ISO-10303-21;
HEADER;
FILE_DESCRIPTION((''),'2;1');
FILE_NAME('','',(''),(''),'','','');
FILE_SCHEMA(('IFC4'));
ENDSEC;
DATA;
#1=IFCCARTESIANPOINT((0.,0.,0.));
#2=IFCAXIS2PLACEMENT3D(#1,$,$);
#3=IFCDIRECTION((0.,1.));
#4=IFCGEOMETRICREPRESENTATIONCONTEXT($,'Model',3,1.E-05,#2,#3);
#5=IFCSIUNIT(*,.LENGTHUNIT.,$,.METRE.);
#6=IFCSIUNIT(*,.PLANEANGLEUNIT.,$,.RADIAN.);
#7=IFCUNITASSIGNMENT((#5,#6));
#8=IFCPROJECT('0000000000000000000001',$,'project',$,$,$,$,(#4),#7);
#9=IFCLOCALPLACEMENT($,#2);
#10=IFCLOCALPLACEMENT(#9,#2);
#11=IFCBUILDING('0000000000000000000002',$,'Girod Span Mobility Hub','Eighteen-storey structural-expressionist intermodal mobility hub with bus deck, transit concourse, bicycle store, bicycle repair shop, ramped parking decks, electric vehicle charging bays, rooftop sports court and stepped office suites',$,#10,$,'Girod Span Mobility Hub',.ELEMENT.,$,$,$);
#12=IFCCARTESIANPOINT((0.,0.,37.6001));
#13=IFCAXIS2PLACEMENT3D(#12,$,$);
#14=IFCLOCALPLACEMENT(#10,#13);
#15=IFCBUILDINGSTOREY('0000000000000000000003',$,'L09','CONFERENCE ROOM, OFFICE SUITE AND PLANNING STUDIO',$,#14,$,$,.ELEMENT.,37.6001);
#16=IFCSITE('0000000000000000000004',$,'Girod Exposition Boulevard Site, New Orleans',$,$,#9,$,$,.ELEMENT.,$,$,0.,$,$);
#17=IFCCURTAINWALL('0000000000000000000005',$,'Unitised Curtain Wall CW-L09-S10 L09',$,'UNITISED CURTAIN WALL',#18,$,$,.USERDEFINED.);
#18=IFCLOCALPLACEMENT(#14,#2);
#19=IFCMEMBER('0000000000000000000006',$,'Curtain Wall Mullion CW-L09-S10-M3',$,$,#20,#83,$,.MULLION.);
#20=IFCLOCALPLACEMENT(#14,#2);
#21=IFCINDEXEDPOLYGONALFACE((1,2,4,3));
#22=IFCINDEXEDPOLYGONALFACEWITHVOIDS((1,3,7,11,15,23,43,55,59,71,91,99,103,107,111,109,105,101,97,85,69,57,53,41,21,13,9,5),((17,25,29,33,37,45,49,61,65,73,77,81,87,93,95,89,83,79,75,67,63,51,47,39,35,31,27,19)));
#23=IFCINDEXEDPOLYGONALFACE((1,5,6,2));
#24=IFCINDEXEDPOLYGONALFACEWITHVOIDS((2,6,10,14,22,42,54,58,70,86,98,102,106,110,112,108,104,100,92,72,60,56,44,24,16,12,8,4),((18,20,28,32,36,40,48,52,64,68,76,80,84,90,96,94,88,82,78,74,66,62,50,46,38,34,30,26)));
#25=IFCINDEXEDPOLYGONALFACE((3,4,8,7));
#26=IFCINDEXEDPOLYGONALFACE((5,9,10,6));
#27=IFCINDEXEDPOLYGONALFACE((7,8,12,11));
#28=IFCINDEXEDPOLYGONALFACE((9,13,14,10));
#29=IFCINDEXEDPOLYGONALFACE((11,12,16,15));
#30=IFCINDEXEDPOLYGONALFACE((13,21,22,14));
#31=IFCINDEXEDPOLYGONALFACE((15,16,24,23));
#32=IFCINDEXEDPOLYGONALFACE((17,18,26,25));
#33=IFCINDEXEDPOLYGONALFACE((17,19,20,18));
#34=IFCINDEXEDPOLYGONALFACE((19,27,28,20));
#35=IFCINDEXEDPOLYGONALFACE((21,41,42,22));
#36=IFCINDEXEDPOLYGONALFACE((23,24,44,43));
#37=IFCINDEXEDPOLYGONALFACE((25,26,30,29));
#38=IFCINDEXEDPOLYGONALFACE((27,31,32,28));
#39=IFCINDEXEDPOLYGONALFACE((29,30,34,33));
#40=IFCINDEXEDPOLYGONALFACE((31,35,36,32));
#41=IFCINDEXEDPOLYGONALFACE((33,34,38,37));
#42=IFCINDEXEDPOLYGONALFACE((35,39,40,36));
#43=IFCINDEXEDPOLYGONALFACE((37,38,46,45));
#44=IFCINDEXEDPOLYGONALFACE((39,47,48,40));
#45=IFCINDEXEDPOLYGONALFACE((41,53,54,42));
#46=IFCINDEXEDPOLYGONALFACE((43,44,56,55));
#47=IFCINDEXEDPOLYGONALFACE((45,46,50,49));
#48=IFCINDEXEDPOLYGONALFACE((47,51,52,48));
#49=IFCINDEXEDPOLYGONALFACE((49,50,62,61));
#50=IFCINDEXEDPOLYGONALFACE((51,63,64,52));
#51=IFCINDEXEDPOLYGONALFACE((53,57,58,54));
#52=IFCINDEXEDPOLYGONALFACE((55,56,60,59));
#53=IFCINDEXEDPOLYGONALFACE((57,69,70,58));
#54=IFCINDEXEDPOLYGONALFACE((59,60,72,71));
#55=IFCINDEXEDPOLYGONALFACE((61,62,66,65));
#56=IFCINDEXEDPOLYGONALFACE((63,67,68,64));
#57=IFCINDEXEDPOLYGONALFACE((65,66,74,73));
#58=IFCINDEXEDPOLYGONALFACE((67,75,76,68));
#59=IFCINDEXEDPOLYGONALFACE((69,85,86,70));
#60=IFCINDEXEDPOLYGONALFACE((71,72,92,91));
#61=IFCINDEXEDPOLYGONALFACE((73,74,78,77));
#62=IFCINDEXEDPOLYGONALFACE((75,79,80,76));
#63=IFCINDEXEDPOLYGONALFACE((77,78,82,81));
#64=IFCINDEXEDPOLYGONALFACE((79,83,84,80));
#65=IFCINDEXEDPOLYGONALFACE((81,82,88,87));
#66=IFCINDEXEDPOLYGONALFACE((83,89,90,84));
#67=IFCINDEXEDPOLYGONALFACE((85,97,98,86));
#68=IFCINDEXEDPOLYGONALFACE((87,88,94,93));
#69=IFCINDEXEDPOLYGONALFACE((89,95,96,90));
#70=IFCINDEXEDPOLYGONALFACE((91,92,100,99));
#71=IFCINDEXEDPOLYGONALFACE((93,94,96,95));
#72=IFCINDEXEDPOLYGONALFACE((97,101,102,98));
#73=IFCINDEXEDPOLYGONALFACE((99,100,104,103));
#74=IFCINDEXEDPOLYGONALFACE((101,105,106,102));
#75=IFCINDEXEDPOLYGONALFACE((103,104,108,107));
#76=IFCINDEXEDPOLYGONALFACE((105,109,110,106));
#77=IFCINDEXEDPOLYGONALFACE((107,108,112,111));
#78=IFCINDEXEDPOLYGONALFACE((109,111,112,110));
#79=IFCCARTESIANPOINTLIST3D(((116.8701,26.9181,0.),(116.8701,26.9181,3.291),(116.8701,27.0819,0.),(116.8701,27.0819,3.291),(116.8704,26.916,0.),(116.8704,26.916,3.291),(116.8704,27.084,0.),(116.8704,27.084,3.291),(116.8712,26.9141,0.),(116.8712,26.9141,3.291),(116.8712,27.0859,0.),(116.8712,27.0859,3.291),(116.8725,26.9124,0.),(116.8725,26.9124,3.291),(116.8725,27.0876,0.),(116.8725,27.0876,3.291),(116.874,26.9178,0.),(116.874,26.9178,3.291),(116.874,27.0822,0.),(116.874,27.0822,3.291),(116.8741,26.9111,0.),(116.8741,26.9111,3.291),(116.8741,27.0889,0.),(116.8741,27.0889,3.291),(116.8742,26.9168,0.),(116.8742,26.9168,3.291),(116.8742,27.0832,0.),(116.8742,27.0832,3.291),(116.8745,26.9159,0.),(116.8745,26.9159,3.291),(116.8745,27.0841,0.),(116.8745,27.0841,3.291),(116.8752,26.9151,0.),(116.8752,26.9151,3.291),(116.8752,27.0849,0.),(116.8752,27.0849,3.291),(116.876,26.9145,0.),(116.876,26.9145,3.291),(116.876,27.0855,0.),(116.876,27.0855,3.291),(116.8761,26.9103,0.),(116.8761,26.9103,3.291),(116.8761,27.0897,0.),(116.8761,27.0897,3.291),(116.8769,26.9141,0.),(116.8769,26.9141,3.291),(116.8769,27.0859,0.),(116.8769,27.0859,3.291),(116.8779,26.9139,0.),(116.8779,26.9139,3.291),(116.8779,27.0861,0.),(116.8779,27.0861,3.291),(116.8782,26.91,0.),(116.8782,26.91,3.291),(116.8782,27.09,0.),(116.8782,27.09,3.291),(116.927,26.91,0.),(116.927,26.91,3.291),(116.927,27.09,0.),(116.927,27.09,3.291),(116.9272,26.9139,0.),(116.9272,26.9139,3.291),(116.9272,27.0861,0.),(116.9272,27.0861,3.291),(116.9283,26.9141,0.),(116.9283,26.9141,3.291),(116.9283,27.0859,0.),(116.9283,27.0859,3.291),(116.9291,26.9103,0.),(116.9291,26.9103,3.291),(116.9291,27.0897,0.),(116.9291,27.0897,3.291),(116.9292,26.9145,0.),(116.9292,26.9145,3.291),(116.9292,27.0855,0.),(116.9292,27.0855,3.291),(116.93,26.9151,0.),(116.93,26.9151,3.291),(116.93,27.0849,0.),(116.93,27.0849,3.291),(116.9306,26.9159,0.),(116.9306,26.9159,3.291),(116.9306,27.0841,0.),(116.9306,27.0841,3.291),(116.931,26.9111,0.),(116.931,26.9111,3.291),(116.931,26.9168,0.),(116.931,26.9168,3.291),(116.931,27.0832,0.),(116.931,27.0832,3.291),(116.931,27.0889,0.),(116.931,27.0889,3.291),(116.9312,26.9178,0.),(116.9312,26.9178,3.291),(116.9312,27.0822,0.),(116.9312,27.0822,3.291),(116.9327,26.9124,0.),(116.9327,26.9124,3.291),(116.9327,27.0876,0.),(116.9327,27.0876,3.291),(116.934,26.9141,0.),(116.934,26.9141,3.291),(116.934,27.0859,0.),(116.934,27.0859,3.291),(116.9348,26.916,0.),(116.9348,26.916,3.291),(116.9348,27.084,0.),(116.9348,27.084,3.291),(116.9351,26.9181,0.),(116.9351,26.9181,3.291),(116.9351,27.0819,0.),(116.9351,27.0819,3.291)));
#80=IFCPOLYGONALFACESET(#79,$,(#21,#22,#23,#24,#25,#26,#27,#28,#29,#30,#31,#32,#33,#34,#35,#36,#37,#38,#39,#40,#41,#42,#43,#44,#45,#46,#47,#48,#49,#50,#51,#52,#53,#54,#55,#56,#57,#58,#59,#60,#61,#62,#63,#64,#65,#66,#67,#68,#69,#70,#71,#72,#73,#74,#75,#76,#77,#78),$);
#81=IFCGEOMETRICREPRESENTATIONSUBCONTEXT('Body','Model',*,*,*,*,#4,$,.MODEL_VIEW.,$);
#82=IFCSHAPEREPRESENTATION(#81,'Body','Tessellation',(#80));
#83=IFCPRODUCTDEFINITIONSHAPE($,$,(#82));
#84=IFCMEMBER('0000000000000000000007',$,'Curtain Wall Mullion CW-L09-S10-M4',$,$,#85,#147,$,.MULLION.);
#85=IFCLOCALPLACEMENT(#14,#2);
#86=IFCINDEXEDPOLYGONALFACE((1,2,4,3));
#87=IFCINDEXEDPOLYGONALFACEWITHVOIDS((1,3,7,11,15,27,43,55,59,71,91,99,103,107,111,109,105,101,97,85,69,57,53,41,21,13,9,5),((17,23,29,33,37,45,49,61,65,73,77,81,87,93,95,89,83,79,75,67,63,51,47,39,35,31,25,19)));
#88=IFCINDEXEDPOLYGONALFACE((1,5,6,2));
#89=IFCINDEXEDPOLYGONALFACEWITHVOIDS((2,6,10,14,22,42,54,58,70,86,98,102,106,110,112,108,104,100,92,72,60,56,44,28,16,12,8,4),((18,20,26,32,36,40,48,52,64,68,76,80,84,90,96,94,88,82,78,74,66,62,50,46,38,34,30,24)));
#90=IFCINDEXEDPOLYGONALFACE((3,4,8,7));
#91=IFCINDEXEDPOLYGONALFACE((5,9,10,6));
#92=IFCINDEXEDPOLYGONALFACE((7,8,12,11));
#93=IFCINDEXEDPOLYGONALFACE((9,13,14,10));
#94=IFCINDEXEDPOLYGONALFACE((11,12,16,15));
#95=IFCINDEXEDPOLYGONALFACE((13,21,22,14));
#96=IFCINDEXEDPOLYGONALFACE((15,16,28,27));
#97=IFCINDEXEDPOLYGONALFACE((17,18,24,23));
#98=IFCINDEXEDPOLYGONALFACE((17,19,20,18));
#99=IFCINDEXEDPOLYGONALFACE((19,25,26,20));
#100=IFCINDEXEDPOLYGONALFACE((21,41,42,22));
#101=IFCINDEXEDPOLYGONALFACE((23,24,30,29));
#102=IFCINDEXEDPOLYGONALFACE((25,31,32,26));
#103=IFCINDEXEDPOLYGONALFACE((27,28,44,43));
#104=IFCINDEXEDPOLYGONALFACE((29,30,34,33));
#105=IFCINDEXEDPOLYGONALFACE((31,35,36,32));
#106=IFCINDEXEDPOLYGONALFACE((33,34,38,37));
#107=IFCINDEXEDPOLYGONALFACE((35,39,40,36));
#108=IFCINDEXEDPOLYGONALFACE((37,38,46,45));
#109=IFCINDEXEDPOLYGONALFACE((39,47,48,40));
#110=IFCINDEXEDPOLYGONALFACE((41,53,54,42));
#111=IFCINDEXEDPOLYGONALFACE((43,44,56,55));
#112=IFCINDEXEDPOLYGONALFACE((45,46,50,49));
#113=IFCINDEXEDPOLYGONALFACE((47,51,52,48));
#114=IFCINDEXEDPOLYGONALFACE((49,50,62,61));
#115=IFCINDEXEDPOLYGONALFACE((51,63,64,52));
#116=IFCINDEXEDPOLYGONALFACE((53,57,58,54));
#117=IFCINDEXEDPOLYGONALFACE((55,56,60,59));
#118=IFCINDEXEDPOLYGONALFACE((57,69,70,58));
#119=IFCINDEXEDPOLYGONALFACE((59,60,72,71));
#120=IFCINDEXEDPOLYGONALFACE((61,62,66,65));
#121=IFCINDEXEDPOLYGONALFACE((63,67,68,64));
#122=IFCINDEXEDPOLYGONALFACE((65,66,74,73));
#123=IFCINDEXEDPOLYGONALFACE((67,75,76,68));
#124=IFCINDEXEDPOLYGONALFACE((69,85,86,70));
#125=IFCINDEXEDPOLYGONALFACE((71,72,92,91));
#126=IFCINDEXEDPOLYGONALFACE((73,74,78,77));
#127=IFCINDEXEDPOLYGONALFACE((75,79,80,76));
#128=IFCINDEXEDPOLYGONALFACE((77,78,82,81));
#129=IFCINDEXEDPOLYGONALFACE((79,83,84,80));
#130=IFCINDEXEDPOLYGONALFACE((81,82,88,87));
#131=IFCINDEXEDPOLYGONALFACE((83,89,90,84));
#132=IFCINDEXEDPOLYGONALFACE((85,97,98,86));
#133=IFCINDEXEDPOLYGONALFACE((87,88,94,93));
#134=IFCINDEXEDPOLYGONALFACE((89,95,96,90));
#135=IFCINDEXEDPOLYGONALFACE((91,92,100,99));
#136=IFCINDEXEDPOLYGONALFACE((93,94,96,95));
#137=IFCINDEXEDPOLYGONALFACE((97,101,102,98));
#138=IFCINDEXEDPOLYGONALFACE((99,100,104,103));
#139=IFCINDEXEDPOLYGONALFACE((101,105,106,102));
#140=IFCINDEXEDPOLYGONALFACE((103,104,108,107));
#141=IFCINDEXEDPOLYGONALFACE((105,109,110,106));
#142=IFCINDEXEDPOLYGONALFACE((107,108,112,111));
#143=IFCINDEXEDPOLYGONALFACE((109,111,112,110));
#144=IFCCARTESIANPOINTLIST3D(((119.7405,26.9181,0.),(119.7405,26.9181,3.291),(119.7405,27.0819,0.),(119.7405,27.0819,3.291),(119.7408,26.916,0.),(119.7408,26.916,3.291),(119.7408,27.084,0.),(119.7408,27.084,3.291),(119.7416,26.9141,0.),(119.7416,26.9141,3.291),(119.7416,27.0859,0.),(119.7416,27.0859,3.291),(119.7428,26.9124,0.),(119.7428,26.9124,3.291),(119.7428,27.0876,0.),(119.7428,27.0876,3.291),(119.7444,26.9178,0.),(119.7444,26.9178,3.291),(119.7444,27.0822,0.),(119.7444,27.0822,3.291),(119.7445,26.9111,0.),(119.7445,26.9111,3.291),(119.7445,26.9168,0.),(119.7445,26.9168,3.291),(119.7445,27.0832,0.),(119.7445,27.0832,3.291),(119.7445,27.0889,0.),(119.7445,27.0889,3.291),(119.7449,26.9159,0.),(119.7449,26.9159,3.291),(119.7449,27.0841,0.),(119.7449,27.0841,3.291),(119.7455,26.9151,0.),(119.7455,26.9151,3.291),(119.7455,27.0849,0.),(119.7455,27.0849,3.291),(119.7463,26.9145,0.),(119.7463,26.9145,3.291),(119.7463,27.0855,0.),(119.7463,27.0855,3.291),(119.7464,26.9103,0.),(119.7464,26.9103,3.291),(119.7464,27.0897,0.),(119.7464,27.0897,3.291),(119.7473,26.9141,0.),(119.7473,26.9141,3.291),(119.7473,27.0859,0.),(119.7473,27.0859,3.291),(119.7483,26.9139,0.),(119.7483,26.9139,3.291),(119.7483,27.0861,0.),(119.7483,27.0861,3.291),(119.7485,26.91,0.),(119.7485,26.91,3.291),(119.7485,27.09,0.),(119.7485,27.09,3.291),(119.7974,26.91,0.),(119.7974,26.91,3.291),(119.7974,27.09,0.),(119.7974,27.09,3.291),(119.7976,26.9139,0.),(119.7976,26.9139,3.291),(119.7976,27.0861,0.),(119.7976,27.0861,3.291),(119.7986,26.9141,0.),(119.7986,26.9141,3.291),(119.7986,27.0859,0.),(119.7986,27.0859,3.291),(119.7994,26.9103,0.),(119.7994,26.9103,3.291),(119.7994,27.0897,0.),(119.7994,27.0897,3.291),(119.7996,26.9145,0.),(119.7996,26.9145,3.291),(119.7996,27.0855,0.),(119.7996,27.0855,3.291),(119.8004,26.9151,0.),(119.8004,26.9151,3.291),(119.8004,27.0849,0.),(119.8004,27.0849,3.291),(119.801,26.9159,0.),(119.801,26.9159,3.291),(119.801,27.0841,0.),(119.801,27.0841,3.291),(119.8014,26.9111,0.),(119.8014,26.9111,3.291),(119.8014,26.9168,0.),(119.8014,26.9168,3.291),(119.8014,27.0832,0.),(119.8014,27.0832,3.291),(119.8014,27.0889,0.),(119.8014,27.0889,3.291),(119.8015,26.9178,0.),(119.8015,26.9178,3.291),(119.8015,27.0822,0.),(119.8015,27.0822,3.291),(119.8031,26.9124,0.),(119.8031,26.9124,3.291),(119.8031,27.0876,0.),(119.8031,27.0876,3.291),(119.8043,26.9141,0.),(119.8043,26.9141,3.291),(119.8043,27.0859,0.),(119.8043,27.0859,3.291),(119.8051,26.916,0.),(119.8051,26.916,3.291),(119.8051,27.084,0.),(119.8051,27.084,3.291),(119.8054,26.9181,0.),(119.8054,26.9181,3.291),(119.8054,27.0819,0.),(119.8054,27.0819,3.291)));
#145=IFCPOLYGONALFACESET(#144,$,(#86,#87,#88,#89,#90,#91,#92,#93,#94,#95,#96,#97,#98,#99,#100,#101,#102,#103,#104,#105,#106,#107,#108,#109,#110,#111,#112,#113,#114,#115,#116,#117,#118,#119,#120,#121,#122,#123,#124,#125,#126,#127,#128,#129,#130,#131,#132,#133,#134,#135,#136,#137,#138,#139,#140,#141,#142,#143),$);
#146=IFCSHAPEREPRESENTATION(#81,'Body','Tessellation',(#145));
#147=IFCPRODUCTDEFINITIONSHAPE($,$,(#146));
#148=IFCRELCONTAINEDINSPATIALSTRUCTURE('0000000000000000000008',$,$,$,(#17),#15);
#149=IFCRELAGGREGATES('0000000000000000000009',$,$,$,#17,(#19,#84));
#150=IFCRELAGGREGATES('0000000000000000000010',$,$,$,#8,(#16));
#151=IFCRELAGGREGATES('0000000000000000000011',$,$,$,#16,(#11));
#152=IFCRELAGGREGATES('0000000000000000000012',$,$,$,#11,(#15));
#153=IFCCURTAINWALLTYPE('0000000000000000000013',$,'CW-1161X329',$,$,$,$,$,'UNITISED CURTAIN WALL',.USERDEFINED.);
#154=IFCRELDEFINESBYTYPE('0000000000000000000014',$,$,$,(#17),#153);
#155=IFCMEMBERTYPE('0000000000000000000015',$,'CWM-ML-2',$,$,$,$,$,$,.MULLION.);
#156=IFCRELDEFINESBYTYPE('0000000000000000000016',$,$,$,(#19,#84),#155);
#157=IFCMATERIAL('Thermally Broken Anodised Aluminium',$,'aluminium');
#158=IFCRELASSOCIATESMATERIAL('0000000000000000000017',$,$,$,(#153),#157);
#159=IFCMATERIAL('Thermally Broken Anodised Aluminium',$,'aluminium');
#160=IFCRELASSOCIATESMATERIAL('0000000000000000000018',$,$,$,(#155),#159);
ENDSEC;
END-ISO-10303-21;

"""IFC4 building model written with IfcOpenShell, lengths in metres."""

from ifc_helpers import new_model, si_unit, direction, frame, origin, origin_2d, place, context, subcontext, project, spatial, hollow_rectangle, extrude, material, material_profile, profile_set, type_object, element, aggregate, save


model = new_model("IFC4")

# Units and contexts
model_context = context("Model", 3, precision=1e-05, world=origin(), true_north=direction((0.0, 1.0)))
body_context = subcontext(model_context, "Body", "Model", "MODEL_VIEW")
ifc_project = project(units=[si_unit("LENGTHUNIT", "METRE"), si_unit("PLANEANGLEUNIT", "RADIAN")], contexts=[model_context])

# Site, building, storey
site_placement = place(None, origin())
site = spatial("IfcSite", under=ifc_project, at=site_placement, Name="Girod Exposition Boulevard Site, New Orleans", CompositionType="ELEMENT", RefElevation=0.0)
building_placement = place(site_placement, origin())
building = spatial("IfcBuilding", under=site, at=building_placement, Name="Girod Span Mobility Hub", Description="Eighteen-storey structural-expressionist intermodal mobility hub with bus deck, transit concourse, bicycle store, bicycle repair shop, ramped parking decks, electric vehicle charging bays, rooftop sports court and stepped office suites", LongName="Girod Span Mobility Hub", CompositionType="ELEMENT")
storey_placement = place(building_placement, frame((0.0, 0.0, 37.6001)))
storey = spatial("IfcBuildingStorey", under=building, at=storey_placement, Name="L09", Description="CONFERENCE ROOM, OFFICE SUITE AND PLANNING STUDIO", CompositionType="ELEMENT", Elevation=37.6001)

# Curtain wall, members
ifc_material_1 = material(Name="Thermally Broken Anodised Aluminium", Category="aluminium")
curtain_wall_type = type_object("IfcCurtainWallType", Name="CW-1161X329", ElementType="UNITISED CURTAIN WALL", PredefinedType="USERDEFINED", material=ifc_material_1)
curtain_wall_1_placement = place(storey_placement, origin())
curtain_wall_1 = element("IfcCurtainWall", 1, at=curtain_wall_1_placement, inside=storey, type_object=curtain_wall_type, Name="Unitised Curtain Wall CW-L09-S10 L09", ObjectType="UNITISED CURTAIN WALL", PredefinedType="USERDEFINED")
ifc_material_2 = material(Name="Thermally Broken Anodised Aluminium", Category="aluminium")
ifc_material_profile_1 = material_profile(ifc_material_2, hollow_rectangle(XDim=0.1799, YDim=0.0649, WallThickness=0.0039, InnerFilletRadius=0.0039, OuterFilletRadius=0.0081, at=origin_2d()), Name="CW-ML-65X180")
ifc_profile_set_1 = profile_set([ifc_material_profile_1], Name="Thermally Broken Anodised Aluminium")
member_type_1 = type_object("IfcMemberType", Name="CWM-ML-2", PredefinedType="MULLION", material=ifc_profile_set_1)
member_1_placement = place(storey_placement, frame((116.9026, 27.0, 0.0), z_axis=(0.0, 0.0, 1.0), x_axis=(0.0, 1.0, 0.0)))
member_1 = element("IfcMember", 2, at=member_1_placement, type_object=member_type_1, Name="Curtain Wall Mullion CW-L09-S10-M3", PredefinedType="MULLION", context=body_context, shape_type="SweptSolid", body=[
    extrude(hollow_rectangle(XDim=0.1799, YDim=0.0649, WallThickness=0.0039, InnerFilletRadius=0.0039, OuterFilletRadius=0.0081, at=origin_2d()), origin(), (0.0, 0.0, 1.0), 3.291),
])
member_2_placement = place(storey_placement, frame((119.7729, 27.0, 0.0), z_axis=(0.0, 0.0, 1.0), x_axis=(0.0, 1.0, 0.0)))
member_2 = element("IfcMember", 3, at=member_2_placement, type_object=member_type_1, Name="Curtain Wall Mullion CW-L09-S10-M4", PredefinedType="MULLION", context=body_context, shape_type="SweptSolid", body=[
    extrude(hollow_rectangle(XDim=0.1799, YDim=0.0649, WallThickness=0.0039, InnerFilletRadius=0.0039, OuterFilletRadius=0.0081, at=origin_2d()), origin(), (0.0, 0.0, 1.0), 3.291),
])

aggregate(curtain_wall_1, [member_1, member_2])

save(model, "model.ifc")
